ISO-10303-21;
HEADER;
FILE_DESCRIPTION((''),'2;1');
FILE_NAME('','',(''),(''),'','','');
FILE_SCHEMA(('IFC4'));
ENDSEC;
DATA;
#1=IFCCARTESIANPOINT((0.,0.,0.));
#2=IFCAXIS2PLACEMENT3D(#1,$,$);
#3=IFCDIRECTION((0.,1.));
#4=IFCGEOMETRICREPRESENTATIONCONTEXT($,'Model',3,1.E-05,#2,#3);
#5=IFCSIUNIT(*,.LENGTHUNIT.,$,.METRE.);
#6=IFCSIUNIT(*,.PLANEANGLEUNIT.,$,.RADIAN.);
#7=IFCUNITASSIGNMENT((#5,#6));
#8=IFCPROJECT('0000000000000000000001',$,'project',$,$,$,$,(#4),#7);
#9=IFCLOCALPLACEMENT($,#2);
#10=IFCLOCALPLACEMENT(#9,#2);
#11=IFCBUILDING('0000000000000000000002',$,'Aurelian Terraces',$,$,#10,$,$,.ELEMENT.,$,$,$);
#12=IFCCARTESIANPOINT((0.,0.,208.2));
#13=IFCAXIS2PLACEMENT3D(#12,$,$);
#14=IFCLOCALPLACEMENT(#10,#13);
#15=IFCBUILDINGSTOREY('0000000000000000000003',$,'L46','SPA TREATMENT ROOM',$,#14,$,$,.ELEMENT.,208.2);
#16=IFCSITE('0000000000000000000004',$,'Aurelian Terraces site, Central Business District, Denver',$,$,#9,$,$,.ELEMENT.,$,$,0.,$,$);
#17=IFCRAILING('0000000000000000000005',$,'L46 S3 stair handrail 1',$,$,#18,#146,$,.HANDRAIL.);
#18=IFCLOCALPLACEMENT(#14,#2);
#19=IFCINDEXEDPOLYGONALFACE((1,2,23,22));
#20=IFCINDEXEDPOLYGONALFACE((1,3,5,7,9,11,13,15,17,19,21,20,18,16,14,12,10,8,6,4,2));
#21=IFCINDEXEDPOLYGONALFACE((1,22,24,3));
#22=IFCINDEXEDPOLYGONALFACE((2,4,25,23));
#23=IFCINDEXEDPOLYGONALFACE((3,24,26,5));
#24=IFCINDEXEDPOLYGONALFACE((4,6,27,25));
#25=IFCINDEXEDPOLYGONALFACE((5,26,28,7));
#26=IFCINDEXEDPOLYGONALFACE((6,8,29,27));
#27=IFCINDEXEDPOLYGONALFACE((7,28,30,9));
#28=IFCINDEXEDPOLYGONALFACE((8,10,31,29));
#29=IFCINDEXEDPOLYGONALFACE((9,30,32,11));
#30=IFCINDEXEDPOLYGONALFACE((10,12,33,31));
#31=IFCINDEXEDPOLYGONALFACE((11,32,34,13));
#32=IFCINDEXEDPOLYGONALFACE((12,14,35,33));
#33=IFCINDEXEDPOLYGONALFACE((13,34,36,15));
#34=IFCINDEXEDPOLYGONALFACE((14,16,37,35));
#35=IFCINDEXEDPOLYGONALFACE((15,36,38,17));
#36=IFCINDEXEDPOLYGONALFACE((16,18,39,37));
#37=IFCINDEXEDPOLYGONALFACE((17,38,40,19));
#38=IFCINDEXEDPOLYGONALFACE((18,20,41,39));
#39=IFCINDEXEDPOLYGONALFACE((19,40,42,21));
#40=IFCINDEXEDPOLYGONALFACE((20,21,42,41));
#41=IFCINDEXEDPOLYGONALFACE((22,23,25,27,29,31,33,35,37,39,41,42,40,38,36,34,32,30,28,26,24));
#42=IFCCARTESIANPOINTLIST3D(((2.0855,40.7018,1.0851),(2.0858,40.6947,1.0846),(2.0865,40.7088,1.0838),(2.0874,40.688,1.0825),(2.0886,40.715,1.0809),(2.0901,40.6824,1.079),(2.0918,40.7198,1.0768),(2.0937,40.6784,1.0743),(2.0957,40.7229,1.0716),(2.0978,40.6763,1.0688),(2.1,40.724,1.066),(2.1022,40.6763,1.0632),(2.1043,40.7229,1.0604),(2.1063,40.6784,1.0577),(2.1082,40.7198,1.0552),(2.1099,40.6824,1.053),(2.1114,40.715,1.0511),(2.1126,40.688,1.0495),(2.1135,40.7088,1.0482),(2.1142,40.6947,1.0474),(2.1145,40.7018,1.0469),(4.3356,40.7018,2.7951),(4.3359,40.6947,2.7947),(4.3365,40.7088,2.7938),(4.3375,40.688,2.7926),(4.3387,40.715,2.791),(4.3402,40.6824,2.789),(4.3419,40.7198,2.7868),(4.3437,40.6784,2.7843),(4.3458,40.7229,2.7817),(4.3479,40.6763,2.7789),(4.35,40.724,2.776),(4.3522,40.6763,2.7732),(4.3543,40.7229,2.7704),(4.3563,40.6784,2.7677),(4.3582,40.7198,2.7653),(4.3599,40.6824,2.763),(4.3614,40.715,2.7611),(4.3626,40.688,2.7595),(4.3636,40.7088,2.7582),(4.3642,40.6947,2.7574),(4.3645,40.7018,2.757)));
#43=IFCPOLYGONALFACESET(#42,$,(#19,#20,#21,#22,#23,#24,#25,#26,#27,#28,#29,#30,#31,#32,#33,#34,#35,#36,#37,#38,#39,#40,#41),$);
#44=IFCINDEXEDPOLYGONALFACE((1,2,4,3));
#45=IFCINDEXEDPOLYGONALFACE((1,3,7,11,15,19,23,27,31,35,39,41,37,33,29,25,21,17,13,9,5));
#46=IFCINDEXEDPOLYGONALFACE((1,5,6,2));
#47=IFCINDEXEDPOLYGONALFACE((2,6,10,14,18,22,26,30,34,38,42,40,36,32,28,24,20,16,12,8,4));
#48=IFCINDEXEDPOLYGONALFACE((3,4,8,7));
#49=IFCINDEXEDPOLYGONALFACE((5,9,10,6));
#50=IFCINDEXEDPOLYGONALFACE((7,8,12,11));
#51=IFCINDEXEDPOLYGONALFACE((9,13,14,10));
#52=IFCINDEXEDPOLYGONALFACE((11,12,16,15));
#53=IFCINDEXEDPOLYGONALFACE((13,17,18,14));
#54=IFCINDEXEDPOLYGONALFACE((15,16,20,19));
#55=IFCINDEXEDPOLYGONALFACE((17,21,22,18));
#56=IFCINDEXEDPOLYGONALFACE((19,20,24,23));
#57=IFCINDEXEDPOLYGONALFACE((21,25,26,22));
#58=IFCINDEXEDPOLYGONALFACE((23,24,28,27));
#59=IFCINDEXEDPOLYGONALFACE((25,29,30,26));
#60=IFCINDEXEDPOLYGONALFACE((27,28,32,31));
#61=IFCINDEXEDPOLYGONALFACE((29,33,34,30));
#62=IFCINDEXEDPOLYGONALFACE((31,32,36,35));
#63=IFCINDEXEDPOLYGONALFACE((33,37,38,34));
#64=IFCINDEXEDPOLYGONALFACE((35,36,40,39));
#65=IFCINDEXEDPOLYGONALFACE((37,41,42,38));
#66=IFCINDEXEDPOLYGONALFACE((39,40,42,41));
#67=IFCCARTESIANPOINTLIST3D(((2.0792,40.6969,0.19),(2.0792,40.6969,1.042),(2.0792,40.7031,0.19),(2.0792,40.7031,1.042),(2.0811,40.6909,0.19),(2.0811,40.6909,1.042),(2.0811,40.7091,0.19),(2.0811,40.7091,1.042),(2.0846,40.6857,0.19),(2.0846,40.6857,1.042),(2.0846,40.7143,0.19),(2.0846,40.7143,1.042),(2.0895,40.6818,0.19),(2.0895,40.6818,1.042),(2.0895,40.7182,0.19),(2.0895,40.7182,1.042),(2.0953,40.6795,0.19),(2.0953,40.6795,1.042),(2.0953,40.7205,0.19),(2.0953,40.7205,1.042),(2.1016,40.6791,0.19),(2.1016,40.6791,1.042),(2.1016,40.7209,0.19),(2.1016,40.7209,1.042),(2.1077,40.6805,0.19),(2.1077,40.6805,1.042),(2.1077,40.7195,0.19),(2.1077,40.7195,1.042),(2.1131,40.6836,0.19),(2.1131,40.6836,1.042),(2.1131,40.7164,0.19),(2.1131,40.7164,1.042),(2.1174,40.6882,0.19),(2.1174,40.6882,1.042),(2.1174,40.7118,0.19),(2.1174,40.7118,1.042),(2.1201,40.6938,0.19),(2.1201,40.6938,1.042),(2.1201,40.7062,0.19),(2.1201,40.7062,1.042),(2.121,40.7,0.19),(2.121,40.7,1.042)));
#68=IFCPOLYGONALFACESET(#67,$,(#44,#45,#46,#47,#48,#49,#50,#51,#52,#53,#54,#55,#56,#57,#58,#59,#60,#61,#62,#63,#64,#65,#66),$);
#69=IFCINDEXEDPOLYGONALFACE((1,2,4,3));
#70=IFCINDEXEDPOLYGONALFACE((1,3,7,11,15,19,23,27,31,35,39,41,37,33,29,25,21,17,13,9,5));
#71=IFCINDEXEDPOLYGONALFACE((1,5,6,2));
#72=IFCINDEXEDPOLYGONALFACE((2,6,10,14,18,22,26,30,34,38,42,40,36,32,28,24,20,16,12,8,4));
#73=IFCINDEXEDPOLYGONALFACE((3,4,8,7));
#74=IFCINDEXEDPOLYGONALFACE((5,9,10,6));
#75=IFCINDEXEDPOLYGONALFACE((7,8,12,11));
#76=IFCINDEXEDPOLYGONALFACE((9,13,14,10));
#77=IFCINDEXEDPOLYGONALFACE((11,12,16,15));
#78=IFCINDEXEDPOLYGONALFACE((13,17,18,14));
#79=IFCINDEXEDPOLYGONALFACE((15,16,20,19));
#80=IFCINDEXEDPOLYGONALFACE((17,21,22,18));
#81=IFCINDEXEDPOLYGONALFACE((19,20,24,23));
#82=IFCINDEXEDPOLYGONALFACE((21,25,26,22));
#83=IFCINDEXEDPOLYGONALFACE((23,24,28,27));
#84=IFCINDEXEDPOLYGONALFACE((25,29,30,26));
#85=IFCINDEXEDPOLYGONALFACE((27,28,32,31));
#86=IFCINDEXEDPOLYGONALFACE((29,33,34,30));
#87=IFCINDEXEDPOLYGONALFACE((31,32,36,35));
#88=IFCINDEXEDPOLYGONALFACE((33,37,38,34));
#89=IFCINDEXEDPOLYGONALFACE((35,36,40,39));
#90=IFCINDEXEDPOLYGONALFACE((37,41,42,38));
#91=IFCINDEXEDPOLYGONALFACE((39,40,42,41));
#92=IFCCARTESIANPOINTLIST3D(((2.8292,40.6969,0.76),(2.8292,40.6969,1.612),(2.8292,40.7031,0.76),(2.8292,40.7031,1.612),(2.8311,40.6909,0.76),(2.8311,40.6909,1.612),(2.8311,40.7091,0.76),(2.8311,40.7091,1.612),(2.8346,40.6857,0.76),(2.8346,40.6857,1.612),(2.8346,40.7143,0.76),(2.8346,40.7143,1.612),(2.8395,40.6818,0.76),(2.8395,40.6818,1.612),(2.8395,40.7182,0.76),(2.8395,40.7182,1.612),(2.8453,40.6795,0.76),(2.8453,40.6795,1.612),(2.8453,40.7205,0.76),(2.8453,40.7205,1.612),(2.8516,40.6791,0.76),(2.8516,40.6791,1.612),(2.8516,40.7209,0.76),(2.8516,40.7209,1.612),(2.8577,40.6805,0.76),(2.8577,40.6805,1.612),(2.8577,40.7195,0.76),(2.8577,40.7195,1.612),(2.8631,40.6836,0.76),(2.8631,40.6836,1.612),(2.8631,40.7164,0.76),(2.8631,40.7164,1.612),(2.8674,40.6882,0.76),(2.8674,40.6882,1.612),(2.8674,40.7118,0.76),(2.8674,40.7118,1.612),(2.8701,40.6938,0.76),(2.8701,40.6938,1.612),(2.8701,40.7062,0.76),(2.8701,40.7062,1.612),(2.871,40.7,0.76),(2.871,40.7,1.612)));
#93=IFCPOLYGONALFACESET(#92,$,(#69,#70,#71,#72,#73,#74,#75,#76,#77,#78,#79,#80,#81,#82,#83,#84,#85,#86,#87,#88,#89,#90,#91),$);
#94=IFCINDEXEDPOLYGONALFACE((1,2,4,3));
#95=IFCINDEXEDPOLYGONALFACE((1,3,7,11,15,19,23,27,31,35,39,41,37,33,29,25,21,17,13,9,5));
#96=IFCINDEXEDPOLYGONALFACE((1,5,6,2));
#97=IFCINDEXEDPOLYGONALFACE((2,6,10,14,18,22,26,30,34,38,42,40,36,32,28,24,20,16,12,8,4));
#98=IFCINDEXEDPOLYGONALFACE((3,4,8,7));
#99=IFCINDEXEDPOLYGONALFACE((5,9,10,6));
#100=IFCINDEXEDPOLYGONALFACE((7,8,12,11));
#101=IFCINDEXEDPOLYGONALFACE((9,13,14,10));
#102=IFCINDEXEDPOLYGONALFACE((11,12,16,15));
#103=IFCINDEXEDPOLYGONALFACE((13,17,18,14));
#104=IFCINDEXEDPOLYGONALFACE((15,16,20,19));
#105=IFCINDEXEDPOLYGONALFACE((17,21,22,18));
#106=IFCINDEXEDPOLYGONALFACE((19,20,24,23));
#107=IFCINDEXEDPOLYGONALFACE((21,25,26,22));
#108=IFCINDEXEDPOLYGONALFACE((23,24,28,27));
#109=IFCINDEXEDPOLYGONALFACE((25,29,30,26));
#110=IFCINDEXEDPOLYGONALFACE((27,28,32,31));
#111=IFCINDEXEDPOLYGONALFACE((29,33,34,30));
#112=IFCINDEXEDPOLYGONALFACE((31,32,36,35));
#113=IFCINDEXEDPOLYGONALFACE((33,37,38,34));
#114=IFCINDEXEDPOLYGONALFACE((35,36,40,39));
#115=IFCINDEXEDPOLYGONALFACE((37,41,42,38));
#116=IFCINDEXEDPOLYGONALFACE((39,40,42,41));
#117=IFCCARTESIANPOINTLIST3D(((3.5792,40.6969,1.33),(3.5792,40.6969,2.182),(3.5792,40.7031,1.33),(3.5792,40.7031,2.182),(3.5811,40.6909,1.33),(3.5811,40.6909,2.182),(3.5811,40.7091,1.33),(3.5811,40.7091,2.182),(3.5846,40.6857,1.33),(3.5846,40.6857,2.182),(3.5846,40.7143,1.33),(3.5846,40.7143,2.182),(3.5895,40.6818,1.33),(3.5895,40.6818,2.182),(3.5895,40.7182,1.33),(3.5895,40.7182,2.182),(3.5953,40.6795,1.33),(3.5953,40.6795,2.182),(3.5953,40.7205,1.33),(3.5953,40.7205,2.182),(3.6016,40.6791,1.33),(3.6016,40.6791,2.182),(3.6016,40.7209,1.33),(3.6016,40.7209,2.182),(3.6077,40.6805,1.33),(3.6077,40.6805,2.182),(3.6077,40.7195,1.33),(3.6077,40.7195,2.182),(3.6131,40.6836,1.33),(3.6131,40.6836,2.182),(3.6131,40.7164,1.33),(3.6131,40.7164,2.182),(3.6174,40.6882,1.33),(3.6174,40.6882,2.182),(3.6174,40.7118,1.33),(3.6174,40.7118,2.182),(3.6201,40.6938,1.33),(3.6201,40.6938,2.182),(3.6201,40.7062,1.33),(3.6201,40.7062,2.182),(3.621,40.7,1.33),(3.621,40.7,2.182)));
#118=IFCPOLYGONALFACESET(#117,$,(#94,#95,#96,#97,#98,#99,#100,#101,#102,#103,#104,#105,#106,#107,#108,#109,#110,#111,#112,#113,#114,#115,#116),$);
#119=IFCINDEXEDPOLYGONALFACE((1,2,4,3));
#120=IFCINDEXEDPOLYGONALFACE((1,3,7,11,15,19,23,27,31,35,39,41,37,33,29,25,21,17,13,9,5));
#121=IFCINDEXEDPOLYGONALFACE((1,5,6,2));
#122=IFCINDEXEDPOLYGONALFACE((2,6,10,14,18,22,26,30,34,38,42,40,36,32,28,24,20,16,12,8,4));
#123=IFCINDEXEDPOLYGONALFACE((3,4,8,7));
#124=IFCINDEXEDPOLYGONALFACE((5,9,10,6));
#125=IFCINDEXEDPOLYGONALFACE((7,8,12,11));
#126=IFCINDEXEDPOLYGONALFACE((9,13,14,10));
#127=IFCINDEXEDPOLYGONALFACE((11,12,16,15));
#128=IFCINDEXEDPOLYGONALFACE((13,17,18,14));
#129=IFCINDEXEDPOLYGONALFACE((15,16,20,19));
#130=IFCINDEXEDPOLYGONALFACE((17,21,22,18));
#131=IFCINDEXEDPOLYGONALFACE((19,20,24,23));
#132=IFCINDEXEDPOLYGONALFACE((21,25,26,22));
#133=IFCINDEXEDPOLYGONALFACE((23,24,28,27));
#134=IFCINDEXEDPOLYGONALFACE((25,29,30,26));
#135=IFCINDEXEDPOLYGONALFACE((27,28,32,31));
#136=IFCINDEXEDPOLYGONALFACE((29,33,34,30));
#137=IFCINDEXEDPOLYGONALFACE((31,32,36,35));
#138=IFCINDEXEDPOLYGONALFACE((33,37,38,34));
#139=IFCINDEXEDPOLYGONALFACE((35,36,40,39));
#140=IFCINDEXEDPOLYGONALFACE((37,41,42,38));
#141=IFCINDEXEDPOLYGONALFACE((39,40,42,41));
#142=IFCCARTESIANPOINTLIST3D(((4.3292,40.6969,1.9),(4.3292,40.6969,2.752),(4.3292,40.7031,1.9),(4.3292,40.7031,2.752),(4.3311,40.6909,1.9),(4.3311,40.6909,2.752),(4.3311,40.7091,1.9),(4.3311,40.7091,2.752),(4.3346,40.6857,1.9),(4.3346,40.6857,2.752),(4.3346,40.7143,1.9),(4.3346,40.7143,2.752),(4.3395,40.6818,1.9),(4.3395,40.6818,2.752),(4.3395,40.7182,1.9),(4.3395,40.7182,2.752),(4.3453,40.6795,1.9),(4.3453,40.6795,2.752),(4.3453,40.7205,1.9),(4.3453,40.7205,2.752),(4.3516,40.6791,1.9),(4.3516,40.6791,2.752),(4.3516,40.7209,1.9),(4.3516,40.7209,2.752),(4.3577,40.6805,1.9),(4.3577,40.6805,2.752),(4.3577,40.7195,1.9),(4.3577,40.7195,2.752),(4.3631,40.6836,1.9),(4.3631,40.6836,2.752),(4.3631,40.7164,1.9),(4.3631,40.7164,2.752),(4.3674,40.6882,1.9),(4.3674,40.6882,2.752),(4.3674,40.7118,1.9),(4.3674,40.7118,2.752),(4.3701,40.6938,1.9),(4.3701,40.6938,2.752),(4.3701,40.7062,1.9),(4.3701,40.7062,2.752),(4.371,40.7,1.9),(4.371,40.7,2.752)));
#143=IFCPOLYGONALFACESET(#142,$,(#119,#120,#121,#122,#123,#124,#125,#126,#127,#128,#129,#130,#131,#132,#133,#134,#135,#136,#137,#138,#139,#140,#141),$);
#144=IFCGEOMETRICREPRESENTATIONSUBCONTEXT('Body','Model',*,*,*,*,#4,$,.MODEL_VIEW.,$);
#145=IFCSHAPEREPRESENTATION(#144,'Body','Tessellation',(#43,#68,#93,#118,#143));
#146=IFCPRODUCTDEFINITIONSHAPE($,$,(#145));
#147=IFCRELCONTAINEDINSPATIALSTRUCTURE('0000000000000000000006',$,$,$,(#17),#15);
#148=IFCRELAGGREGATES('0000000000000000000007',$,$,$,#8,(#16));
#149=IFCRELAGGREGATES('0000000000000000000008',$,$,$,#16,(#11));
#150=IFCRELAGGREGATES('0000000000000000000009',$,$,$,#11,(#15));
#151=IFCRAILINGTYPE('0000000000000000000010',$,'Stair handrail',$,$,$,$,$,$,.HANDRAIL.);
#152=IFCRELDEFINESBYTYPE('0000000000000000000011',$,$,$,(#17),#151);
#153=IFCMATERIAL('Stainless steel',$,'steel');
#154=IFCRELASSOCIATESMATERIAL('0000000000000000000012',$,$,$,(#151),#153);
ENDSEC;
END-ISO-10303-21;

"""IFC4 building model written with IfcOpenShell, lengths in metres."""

from ifc_helpers import new_model, si_unit, direction, frame, origin, origin_2d, place, context, subcontext, project, spatial, circle, extrude, source, transform, mapped, material, type_object, element, save


model = new_model("IFC4")

# Units and contexts
model_context = context("Model", 3, precision=1e-05, world=origin(), true_north=direction((0.0, 1.0)))
body_context = subcontext(model_context, "Body", "Model", "MODEL_VIEW")
ifc_project = project(units=[si_unit("LENGTHUNIT", "METRE"), si_unit("PLANEANGLEUNIT", "RADIAN")], contexts=[model_context])

# Site, building, storey
site_placement = place(None, origin())
site = spatial("IfcSite", under=ifc_project, at=site_placement, Name="Aurelian Terraces site, Central Business District, Denver", CompositionType="ELEMENT", RefElevation=0.0)
building_placement = place(site_placement, origin())
building = spatial("IfcBuilding", under=site, at=building_placement, Name="Aurelian Terraces", CompositionType="ELEMENT")
storey_placement = place(building_placement, frame((0.0, 0.0, 208.2)))
storey = spatial("IfcBuildingStorey", under=building, at=storey_placement, Name="L46", Description="SPA TREATMENT ROOM", CompositionType="ELEMENT", Elevation=208.2)

# Railing
ifc_material_1 = material(Name="Stainless steel", Category="steel")
railing_type_1 = type_object("IfcRailingType", Name="Stair handrail", PredefinedType="HANDRAIL", material=ifc_material_1)
shared_shape_1 = source(origin(), body_context, "Body", "SweptSolid", [
    extrude(circle(Radius=0.024, at=origin_2d()), frame((0.0, 0.0, 0.876), z_axis=(0.796162, 0.0, 0.605083), x_axis=(0.0, 1.0, 0.0)), (0.0, 0.0, 1.0), 2.8261),
    extrude(circle(Radius=0.021, at=origin_2d()), origin(), (0.0, 0.0, 1.0), 0.852),
    extrude(circle(Radius=0.021, at=origin_2d()), frame((0.75, 0.0, 0.57)), (0.0, 0.0, 1.0), 0.852),
    extrude(circle(Radius=0.021, at=origin_2d()), frame((1.5, 0.0, 1.14)), (0.0, 0.0, 1.0), 0.852),
    extrude(circle(Radius=0.021, at=origin_2d()), frame((2.25, 0.0, 1.71)), (0.0, 0.0, 1.0), 0.852),
])
railing_1_placement = place(storey_placement, frame((2.1, 40.7, 0.19)))
element("IfcRailing", 1, at=railing_1_placement, inside=storey, type_object=railing_type_1, Name="L46 S3 stair handrail 1", PredefinedType="HANDRAIL", context=body_context, shape_type="MappedRepresentation", body=[
    mapped(shared_shape_1, transform((0.0, 0.0, 0.0), scale=1.0)),
])

save(model, "model.ifc")
